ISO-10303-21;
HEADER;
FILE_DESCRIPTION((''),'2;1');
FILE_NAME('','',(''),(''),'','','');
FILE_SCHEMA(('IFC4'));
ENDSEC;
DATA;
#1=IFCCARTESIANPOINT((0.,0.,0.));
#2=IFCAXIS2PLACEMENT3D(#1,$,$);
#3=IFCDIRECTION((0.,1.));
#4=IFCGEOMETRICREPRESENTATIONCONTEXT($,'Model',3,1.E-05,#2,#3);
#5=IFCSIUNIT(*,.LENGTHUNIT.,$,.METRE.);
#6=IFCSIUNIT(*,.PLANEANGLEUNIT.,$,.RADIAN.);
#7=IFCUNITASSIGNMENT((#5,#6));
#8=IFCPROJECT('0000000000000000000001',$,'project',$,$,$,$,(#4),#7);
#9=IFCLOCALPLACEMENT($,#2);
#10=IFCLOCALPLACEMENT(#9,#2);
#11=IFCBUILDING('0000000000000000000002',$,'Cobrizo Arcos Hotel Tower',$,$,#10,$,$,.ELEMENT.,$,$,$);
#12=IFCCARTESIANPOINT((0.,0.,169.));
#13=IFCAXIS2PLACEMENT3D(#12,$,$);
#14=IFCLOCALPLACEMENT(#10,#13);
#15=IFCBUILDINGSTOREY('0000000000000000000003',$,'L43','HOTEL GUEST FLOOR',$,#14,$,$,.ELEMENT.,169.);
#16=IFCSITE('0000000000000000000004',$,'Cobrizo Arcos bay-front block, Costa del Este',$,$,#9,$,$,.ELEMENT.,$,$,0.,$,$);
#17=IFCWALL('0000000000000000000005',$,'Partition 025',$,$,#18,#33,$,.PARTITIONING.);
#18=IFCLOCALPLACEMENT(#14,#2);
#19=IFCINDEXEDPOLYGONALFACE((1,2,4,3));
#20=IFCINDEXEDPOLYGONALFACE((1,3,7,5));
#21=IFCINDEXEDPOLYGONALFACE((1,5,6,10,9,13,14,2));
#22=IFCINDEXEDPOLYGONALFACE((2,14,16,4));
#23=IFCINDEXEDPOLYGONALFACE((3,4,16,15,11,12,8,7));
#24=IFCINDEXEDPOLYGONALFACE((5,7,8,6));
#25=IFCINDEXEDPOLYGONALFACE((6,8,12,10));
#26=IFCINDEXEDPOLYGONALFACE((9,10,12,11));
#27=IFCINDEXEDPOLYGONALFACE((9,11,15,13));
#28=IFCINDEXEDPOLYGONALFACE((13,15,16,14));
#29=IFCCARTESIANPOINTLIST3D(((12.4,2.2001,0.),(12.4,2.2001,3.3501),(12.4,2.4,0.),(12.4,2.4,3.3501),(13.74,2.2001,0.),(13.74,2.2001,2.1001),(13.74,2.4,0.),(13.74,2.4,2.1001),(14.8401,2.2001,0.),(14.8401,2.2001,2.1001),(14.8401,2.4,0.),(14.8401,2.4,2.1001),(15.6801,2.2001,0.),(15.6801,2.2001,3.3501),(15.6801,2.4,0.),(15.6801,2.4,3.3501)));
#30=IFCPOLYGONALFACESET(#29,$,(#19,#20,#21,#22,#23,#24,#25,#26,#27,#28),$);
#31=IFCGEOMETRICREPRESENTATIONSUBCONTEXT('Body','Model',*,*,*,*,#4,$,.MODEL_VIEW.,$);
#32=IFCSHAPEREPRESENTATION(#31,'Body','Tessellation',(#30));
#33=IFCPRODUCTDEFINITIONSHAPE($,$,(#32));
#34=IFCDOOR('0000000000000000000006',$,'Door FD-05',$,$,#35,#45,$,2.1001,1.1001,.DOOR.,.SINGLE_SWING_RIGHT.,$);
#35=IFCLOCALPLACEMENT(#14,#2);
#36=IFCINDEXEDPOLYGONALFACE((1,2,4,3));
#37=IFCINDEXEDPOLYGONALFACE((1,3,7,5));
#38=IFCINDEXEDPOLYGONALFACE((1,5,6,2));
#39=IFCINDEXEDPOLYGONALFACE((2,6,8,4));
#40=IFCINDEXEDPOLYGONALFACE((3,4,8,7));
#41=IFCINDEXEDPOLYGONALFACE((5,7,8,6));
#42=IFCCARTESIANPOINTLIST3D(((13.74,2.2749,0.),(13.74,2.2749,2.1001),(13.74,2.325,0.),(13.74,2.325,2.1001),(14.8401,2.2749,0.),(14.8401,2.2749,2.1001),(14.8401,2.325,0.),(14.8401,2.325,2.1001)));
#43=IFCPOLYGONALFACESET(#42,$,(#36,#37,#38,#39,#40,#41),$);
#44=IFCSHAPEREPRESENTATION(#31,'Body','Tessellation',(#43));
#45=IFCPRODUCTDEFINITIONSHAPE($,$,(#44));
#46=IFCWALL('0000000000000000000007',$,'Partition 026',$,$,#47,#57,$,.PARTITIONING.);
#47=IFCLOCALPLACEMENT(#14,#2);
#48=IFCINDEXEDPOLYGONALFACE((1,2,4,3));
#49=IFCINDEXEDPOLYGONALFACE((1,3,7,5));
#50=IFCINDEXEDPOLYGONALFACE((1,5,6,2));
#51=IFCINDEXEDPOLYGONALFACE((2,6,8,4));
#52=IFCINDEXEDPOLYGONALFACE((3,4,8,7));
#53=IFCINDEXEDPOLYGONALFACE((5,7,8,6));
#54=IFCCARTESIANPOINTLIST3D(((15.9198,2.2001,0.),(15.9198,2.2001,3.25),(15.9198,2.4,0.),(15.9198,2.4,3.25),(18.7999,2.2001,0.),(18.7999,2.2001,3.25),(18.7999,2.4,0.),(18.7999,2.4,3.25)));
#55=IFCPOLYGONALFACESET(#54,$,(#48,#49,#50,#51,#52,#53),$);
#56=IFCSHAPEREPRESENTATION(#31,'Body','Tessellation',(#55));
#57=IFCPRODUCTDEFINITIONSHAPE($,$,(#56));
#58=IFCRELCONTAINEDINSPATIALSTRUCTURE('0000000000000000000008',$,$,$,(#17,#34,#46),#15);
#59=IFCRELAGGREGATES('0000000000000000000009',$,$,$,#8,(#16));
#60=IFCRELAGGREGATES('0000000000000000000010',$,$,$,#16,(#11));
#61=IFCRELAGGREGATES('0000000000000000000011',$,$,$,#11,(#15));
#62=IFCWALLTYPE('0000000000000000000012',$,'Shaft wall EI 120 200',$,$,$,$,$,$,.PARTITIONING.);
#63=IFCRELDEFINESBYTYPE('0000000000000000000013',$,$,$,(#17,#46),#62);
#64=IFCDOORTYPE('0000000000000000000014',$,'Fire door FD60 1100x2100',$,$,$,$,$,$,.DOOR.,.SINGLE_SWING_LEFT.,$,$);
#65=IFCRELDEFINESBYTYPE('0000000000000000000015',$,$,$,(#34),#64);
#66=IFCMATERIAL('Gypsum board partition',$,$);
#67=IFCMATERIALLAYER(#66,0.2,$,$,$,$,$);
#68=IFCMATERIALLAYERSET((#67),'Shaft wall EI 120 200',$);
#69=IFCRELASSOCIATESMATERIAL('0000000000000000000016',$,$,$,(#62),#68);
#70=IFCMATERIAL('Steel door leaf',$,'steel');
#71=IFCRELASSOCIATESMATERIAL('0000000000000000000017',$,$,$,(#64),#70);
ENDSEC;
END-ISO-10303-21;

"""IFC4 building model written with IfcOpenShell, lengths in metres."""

from ifc_helpers import new_model, si_unit, direction, frame, frame_2d, origin, place, context, subcontext, project, spatial, rectangle, extrude, material, layer, layer_set, type_object, element, fill, save


model = new_model("IFC4")

# Units and contexts
model_context = context("Model", 3, precision=1e-05, world=origin(), true_north=direction((0.0, 1.0)))
body_context = subcontext(model_context, "Body", "Model", "MODEL_VIEW")
ifc_project = project(units=[si_unit("LENGTHUNIT", "METRE"), si_unit("PLANEANGLEUNIT", "RADIAN")], contexts=[model_context])

# Site, building, storey
site_placement = place(None, origin())
site = spatial("IfcSite", under=ifc_project, at=site_placement, Name="Cobrizo Arcos bay-front block, Costa del Este", CompositionType="ELEMENT", RefElevation=0.0)
building_placement = place(site_placement, origin())
building = spatial("IfcBuilding", under=site, at=building_placement, Name="Cobrizo Arcos Hotel Tower", CompositionType="ELEMENT")
storey_placement = place(building_placement, frame((0.0, 0.0, 169.0)))
storey = spatial("IfcBuildingStorey", under=building, at=storey_placement, Name="L43", Description="HOTEL GUEST FLOOR", CompositionType="ELEMENT", Elevation=169.0)

# Shared definitions
ifc_material_1 = material(Name="Gypsum board partition")

# Shared definitions
ifc_layer_1 = layer(ifc_material_1, 0.2)
ifc_layer_set_1 = layer_set([ifc_layer_1], Name="Shaft wall EI 120 200")
wall_type_1 = type_object("IfcWallType", Name="Shaft wall EI 120 200", PredefinedType="PARTITIONING", material=ifc_layer_set_1)

# Wall, opening, door
wall_1_placement = place(storey_placement, frame((12.3999, 2.3, 0.0), z_axis=(0.0, 0.0, 1.0), x_axis=(1.0, 0.0, 0.0)))
wall_1 = element("IfcWall", 1, at=wall_1_placement, inside=storey, type_object=wall_type_1, Name="Partition 025", PredefinedType="PARTITIONING", context=body_context, shape_type="SweptSolid", body=[
    extrude(rectangle(XDim=3.28, YDim=0.2, at=frame_2d((1.6401, 0.0))), origin(), (0.0, 0.0, 1.0), 3.3501),
])
opening_1_placement = place(wall_1_placement, frame((1.3401, 0.0, 0.0)))
opening_1 = element("IfcOpeningElement", 2, at=opening_1_placement, cuts=wall_1, PredefinedType="OPENING", context=body_context, shape_type="SweptSolid", body=[
    extrude(rectangle(XDim=1.1001, YDim=2.1001, at=frame_2d((0.55, 1.05))), frame((0.0, 0.1121, 0.0), z_axis=(0.0, -1.0, 0.0), x_axis=(1.0, 0.0, 0.0)), (0.0, 0.0, 1.0), 0.2239),
])
ifc_material_2 = material(Name="Steel door leaf", Category="steel")
door_type_1 = type_object("IfcDoorType", Name="Fire door FD60 1100x2100", OperationType="SINGLE_SWING_LEFT", PredefinedType="DOOR", material=ifc_material_2)
door_1_placement = place(opening_1_placement, origin())
door_1 = element("IfcDoor", 3, at=door_1_placement, inside=storey, type_object=door_type_1, Name="Door FD-05", OperationType="SINGLE_SWING_RIGHT", OverallHeight=2.1001, OverallWidth=1.1001, PredefinedType="DOOR", context=body_context, shape_type="SweptSolid", body=[
    extrude(rectangle(XDim=1.1001, YDim=2.1001, at=frame_2d((0.55, 1.05))), frame((0.0, 0.0249, 0.0), z_axis=(0.0, -1.0, 0.0), x_axis=(1.0, 0.0, 0.0)), (0.0, 0.0, 1.0), 0.05),
])
fill(opening_1, door_1)

# Wall
wall_2_placement = place(storey_placement, frame((15.9199, 2.3, 0.0), z_axis=(0.0, 0.0, 1.0), x_axis=(1.0, 0.0, 0.0)))
element("IfcWall", 4, at=wall_2_placement, inside=storey, type_object=wall_type_1, Name="Partition 026", PredefinedType="PARTITIONING", context=body_context, shape_type="SweptSolid", body=[
    extrude(rectangle(XDim=2.8801, YDim=0.2, at=frame_2d((1.4399, 0.0))), origin(), (0.0, 0.0, 1.0), 3.25),
])

save(model, "model.ifc")
